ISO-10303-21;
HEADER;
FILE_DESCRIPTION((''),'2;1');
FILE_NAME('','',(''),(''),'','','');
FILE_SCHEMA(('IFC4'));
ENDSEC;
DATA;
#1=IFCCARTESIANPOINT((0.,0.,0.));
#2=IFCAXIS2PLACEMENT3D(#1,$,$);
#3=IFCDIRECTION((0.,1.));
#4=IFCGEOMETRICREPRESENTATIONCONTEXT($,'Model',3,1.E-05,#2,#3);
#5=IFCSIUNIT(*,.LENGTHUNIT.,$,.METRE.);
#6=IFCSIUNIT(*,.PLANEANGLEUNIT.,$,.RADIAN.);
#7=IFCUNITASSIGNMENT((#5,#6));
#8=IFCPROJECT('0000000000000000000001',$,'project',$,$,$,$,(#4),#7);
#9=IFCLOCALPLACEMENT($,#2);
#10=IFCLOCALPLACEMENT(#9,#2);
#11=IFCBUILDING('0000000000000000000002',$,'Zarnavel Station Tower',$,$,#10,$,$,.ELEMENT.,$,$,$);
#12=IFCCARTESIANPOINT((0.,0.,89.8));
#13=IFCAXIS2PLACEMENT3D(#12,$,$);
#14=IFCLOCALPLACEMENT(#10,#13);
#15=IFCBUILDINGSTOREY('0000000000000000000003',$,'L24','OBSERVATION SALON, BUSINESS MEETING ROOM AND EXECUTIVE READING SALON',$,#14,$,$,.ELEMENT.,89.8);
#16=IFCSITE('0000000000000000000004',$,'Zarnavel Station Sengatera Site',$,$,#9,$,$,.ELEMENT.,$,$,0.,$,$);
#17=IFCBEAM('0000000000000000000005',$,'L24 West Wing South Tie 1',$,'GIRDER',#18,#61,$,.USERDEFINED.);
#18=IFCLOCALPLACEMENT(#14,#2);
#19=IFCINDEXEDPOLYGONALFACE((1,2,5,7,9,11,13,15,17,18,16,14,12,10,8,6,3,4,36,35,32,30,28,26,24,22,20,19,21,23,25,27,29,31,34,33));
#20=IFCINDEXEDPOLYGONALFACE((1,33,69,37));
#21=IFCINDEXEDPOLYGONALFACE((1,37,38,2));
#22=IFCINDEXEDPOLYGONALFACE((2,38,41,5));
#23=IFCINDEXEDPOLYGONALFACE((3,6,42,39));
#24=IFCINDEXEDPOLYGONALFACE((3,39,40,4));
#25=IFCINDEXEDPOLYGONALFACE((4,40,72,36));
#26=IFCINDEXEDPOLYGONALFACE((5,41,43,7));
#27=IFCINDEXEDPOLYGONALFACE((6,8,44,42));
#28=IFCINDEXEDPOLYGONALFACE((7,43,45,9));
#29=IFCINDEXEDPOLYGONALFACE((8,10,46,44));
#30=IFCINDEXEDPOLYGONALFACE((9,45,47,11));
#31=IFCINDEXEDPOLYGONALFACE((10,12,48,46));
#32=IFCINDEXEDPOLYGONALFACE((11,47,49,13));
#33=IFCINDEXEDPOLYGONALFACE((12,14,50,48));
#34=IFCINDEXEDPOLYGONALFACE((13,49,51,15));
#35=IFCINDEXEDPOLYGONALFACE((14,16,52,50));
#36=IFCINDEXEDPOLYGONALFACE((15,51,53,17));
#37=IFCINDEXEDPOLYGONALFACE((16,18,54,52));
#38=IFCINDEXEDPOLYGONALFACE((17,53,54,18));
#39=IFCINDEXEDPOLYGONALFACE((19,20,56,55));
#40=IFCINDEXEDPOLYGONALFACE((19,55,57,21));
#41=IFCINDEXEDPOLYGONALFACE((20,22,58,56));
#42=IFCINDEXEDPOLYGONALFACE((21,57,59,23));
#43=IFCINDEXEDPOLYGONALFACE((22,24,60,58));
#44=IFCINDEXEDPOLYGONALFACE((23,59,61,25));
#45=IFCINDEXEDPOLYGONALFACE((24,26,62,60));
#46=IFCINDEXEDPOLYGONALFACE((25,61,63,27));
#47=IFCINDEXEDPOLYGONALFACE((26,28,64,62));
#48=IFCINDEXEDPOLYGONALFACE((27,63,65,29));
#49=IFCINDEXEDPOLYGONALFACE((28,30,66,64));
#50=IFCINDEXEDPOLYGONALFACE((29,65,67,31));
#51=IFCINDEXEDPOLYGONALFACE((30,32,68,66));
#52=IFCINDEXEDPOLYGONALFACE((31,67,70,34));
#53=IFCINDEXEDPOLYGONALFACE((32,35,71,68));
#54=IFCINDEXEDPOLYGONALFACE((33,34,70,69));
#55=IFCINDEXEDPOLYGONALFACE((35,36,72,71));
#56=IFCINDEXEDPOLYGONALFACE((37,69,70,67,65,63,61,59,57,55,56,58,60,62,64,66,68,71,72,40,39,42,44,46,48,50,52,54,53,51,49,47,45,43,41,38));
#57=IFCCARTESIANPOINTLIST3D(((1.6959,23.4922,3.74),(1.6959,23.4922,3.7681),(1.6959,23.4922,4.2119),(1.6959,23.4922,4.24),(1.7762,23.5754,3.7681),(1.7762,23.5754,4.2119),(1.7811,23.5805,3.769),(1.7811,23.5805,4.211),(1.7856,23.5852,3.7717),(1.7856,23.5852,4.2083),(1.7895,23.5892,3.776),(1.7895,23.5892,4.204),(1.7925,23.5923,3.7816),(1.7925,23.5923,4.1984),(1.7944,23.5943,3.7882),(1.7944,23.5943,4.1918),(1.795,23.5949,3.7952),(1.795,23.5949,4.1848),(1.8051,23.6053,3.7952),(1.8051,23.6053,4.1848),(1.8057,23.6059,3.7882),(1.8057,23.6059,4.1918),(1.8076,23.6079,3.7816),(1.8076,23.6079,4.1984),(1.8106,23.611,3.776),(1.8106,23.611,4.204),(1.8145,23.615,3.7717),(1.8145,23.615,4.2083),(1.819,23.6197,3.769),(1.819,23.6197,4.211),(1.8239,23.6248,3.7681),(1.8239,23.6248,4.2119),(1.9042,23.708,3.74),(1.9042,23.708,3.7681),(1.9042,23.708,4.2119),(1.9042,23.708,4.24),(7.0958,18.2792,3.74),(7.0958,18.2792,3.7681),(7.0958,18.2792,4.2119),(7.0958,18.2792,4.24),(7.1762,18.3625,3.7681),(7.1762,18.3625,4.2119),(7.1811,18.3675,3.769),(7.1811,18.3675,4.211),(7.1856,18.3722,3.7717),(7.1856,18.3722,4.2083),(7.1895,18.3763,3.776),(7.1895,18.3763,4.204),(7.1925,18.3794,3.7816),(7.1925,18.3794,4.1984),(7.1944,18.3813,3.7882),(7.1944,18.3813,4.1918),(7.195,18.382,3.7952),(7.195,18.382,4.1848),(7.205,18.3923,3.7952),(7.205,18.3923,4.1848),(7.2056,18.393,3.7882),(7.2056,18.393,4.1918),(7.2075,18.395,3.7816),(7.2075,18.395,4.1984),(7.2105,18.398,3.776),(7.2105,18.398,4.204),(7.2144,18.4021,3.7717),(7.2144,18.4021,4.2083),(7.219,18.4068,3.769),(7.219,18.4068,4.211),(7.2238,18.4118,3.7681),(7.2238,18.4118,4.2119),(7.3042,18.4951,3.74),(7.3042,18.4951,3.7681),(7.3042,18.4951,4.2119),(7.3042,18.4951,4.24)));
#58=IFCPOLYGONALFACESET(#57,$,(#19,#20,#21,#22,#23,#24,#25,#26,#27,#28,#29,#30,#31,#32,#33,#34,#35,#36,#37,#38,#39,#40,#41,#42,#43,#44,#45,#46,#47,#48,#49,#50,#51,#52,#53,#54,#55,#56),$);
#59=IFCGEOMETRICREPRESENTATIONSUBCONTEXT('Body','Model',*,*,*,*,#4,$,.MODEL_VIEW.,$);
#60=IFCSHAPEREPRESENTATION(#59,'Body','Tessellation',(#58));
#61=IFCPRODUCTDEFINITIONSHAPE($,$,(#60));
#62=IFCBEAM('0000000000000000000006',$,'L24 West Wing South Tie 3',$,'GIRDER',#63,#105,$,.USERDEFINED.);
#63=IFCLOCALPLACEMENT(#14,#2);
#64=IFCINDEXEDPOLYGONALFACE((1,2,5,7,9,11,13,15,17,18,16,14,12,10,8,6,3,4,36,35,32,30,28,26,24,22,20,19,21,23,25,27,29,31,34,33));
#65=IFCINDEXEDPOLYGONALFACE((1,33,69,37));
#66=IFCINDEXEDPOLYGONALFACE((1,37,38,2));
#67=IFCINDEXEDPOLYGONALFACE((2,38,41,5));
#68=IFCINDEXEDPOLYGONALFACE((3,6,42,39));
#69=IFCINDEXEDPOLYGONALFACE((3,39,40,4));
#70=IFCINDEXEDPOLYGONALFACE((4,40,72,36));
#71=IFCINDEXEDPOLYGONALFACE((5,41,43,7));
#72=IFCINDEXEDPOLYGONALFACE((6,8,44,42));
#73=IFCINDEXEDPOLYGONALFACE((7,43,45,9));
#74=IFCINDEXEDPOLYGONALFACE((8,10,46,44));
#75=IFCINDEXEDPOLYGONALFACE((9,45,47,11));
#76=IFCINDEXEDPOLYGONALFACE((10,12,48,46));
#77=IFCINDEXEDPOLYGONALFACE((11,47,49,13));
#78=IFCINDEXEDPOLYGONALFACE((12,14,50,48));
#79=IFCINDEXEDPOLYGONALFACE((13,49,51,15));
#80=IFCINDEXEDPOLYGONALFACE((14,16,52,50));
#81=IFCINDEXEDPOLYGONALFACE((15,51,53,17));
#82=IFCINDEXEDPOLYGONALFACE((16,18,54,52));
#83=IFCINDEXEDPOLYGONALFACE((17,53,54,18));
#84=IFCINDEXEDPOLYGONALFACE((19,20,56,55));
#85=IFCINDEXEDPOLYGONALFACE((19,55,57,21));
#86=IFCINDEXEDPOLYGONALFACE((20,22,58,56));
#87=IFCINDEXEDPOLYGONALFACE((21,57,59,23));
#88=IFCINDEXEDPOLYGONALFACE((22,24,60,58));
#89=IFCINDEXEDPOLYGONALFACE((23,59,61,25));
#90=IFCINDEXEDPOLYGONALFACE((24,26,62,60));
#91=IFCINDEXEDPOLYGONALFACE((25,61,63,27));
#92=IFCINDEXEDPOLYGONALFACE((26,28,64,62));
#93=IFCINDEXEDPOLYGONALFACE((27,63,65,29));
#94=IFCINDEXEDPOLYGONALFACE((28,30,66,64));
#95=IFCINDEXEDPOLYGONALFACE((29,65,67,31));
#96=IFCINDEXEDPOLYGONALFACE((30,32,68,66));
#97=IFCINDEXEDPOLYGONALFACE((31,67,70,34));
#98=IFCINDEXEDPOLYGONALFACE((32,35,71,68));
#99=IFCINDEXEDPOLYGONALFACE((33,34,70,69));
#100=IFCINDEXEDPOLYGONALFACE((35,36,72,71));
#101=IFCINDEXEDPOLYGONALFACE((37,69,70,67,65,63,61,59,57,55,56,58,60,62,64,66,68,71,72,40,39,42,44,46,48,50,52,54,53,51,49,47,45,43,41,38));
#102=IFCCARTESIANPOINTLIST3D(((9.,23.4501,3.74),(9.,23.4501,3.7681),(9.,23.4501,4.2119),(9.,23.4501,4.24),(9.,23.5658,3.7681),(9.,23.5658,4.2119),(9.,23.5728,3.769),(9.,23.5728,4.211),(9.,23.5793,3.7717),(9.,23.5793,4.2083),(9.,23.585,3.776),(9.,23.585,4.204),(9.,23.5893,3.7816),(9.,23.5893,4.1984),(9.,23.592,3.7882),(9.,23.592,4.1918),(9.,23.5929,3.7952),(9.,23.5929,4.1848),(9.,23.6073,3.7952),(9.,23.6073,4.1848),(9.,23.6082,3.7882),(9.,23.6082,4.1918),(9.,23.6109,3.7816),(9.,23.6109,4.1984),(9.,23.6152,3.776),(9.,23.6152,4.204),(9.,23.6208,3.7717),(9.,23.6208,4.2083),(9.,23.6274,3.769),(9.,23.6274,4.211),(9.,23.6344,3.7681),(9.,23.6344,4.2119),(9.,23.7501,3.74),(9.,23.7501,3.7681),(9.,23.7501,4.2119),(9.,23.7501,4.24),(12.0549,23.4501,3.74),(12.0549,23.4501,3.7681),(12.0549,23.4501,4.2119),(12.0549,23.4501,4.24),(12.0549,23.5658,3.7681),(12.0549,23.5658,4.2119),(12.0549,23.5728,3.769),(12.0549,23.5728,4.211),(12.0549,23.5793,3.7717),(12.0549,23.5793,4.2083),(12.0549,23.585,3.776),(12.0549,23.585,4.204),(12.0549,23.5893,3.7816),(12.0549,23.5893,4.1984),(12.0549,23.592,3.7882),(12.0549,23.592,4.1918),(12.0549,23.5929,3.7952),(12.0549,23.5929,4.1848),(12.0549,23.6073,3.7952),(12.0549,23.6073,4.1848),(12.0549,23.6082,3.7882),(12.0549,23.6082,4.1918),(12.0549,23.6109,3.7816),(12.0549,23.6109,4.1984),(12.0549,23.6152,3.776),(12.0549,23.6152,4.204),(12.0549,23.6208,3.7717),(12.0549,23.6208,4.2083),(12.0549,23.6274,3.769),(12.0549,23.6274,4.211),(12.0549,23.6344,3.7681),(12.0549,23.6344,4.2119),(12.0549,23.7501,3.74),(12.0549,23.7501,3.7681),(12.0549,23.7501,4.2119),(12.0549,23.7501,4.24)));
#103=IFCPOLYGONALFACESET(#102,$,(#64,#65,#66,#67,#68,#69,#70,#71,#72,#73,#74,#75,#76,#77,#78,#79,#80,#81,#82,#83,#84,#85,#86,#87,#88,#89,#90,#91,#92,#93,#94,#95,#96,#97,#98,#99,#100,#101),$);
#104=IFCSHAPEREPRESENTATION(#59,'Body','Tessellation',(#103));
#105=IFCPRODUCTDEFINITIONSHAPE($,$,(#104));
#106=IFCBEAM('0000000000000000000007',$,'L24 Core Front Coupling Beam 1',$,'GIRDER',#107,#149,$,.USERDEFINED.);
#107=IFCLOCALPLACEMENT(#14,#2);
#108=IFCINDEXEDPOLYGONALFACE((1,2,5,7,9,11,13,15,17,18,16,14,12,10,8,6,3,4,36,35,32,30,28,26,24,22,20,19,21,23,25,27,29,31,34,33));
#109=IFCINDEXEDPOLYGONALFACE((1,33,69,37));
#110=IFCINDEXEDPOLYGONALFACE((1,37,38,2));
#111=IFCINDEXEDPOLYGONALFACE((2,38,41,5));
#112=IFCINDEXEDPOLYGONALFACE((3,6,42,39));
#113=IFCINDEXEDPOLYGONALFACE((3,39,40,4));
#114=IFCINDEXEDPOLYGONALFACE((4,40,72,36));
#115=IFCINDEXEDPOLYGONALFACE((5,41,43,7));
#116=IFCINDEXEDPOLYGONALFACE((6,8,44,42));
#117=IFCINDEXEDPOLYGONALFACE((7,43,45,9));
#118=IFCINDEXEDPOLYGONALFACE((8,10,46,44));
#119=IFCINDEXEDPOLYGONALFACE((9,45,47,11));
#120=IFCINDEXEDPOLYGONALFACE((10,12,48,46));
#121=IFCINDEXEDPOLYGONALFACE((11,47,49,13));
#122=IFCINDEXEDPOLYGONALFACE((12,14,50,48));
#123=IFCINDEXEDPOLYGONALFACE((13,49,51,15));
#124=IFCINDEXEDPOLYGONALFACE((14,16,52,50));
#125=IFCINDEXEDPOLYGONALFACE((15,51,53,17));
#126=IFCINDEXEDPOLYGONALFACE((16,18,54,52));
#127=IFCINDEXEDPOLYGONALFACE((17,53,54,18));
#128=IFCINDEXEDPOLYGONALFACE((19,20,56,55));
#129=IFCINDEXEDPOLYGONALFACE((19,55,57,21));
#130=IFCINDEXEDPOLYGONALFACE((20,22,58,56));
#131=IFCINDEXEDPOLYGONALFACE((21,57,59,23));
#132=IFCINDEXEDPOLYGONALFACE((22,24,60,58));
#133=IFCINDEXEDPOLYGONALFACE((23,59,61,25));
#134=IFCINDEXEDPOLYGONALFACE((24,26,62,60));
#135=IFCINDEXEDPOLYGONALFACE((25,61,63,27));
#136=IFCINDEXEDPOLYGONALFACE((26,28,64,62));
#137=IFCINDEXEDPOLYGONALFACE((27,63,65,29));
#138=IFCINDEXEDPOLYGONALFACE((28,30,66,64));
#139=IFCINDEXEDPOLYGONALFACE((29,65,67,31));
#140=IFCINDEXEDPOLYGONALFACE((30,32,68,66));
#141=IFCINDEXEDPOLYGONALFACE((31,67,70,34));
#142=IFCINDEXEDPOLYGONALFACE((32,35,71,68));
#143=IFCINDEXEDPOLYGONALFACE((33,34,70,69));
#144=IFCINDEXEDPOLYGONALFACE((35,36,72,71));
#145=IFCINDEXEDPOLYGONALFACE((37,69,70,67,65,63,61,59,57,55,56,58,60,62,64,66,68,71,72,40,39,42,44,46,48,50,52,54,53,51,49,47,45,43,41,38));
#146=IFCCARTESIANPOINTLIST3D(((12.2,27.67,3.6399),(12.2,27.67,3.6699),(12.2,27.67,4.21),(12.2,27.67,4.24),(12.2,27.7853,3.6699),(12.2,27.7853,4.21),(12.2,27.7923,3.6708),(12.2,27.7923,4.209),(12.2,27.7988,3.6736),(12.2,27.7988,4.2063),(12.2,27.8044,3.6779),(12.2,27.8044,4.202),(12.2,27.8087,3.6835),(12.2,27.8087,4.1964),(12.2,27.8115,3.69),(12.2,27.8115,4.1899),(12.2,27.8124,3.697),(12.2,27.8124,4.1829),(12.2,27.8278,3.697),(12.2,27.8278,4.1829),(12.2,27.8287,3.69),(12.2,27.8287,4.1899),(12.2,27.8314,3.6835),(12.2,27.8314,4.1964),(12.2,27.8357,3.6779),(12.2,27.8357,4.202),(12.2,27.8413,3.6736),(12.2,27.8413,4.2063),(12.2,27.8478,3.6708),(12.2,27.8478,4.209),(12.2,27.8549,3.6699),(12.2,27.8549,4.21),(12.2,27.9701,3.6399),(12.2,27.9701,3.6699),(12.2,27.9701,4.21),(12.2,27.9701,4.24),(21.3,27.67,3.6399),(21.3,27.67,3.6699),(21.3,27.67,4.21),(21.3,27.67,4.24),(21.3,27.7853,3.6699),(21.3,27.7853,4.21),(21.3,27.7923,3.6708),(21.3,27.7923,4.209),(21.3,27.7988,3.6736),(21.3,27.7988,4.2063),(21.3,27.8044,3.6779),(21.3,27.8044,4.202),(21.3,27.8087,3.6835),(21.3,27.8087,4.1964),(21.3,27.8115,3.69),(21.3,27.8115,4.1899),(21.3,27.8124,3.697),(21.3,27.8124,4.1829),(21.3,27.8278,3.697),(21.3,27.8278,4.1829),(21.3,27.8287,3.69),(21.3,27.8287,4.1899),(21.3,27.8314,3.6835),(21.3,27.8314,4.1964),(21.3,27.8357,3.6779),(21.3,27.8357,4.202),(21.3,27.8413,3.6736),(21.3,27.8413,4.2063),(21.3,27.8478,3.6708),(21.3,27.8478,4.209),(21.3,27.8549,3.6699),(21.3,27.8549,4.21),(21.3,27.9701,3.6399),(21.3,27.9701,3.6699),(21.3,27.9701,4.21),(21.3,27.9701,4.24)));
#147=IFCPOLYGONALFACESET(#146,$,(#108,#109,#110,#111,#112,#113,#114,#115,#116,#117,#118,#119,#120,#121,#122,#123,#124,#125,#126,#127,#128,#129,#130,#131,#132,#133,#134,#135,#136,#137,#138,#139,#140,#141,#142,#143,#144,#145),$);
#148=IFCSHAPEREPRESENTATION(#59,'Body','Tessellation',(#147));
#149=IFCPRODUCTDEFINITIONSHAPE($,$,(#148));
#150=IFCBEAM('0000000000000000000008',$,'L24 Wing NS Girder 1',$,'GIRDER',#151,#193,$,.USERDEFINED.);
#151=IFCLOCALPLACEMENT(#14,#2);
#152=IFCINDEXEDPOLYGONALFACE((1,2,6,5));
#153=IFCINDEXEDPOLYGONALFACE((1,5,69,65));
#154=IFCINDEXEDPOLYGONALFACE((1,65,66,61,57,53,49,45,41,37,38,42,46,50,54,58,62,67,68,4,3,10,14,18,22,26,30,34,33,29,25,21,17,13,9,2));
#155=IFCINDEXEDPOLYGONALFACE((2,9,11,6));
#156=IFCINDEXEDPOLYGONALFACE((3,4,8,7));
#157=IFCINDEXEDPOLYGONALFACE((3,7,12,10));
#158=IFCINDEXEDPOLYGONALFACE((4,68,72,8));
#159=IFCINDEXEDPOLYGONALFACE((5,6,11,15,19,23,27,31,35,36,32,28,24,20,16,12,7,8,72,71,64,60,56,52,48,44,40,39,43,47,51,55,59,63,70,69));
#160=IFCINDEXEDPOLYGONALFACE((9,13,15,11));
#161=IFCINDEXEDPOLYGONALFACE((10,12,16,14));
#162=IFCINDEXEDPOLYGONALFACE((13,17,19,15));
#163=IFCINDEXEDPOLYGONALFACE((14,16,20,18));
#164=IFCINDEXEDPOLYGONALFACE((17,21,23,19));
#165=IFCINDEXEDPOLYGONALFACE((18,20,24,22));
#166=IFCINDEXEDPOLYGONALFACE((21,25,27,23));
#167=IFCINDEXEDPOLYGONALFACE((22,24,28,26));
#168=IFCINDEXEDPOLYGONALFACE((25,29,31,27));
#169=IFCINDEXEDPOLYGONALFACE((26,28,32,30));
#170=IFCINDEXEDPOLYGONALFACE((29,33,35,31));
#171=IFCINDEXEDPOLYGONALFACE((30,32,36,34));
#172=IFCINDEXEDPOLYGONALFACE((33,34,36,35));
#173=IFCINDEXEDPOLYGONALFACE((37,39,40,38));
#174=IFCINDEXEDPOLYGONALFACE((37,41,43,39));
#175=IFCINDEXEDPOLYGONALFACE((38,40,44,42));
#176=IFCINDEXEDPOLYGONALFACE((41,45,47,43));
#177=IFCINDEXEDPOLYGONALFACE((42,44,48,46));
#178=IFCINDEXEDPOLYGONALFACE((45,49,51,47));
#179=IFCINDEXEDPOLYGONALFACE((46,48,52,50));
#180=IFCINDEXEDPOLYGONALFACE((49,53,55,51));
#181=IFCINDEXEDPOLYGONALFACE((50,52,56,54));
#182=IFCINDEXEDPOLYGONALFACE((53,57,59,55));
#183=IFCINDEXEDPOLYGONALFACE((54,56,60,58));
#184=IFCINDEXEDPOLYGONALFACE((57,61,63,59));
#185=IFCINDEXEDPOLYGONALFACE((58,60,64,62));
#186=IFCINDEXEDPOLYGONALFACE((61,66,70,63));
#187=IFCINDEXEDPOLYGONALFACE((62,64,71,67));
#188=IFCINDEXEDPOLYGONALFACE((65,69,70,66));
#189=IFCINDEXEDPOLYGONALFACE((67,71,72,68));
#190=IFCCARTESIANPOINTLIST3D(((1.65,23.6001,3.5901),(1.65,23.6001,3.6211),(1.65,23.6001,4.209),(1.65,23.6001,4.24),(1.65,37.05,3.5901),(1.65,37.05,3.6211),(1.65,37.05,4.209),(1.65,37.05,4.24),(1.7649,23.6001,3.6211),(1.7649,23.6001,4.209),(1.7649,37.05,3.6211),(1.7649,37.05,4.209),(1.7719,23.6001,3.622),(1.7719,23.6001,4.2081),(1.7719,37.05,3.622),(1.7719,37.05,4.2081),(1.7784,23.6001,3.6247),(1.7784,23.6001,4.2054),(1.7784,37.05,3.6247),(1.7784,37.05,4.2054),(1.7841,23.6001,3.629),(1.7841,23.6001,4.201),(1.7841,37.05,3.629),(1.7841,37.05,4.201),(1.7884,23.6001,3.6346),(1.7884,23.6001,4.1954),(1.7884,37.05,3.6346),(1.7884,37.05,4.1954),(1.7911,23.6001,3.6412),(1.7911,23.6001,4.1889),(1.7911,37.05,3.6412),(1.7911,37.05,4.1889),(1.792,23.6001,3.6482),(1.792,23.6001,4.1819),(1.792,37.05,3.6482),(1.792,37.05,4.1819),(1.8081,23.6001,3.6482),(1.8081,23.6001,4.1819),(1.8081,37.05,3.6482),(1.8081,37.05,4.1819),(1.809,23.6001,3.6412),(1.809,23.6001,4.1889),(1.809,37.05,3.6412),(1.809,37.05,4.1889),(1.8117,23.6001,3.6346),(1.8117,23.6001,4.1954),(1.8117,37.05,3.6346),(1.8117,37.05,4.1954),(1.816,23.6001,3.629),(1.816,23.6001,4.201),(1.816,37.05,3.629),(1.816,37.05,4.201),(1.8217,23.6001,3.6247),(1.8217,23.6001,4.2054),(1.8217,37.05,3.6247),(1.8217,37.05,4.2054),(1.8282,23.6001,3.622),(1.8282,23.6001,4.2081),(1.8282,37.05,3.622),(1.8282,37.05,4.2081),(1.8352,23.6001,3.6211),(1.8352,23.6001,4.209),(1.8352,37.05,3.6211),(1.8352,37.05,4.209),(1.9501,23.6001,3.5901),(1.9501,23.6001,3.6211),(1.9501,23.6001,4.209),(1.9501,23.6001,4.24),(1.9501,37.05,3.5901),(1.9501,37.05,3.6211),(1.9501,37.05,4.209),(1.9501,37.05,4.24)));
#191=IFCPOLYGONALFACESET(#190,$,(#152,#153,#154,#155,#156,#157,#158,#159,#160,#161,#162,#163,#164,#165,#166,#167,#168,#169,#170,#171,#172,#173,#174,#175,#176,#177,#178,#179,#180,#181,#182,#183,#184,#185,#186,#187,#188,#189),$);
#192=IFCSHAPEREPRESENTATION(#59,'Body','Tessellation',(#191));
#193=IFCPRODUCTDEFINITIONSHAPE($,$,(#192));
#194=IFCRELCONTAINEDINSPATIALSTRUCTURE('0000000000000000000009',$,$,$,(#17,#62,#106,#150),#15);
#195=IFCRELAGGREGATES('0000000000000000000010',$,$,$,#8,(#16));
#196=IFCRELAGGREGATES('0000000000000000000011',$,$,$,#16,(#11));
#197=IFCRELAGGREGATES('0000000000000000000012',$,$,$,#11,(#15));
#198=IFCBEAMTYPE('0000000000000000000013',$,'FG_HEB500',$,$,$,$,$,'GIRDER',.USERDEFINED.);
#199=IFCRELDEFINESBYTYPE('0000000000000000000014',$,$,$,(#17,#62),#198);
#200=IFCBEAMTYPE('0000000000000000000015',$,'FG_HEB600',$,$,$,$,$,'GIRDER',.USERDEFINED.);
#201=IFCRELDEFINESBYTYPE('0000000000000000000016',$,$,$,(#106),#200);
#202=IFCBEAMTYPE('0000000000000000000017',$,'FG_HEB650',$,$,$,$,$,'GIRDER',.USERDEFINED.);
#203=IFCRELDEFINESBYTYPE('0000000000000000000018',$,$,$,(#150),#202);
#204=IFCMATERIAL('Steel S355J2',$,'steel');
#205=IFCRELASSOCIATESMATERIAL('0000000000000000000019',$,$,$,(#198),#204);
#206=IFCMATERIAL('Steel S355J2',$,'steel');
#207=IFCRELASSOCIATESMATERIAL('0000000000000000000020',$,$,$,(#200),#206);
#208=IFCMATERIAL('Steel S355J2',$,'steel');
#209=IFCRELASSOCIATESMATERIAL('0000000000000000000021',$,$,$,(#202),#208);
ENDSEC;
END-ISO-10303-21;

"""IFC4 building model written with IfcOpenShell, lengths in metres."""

from ifc_helpers import new_model, si_unit, direction, frame, origin, origin_2d, place, context, subcontext, project, spatial, i_section, extrude, material, material_profile, profile_set, type_object, element, save


model = new_model("IFC4")

# Units and contexts
model_context = context("Model", 3, precision=1e-05, world=origin(), true_north=direction((0.0, 1.0)))
body_context = subcontext(model_context, "Body", "Model", "MODEL_VIEW")
ifc_project = project(units=[si_unit("LENGTHUNIT", "METRE"), si_unit("PLANEANGLEUNIT", "RADIAN")], contexts=[model_context])

# Site, building, storey
site_placement = place(None, origin())
site = spatial("IfcSite", under=ifc_project, at=site_placement, Name="Zarnavel Station Sengatera Site", CompositionType="ELEMENT", RefElevation=0.0)
building_placement = place(site_placement, origin())
building = spatial("IfcBuilding", under=site, at=building_placement, Name="Zarnavel Station Tower", CompositionType="ELEMENT")
storey_placement = place(building_placement, frame((0.0, 0.0, 89.8)))
storey = spatial("IfcBuildingStorey", under=building, at=storey_placement, Name="L24", Description="OBSERVATION SALON, BUSINESS MEETING ROOM AND EXECUTIVE READING SALON", CompositionType="ELEMENT", Elevation=89.8)

# Beams
ifc_material_1 = material(Name="Steel S355J2", Category="steel")
ifc_material_profile_1 = material_profile(ifc_material_1, i_section(OverallWidth=0.3, OverallDepth=0.5, WebThickness=0.0144, FlangeThickness=0.0281, FilletRadius=0.0271, at=origin_2d()), Name="HEB500")
ifc_profile_set_1 = profile_set([ifc_material_profile_1], Name="Steel S355J2")
beam_type_1 = type_object("IfcBeamType", Name="FG_HEB500", ElementType="GIRDER", PredefinedType="USERDEFINED", material=ifc_profile_set_1)
beam_1_placement = place(storey_placement, frame((1.8, 23.6001, 3.99), z_axis=(0.719455, -0.694539, 0.0), x_axis=(0.694539, 0.719455, 0.0)))
element("IfcBeam", 1, at=beam_1_placement, inside=storey, type_object=beam_type_1, Name="L24 West Wing South Tie 1", ObjectType="GIRDER", PredefinedType="USERDEFINED", context=body_context, shape_type="SweptSolid", body=[
    extrude(i_section(OverallWidth=0.3, OverallDepth=0.5, WebThickness=0.0144, FlangeThickness=0.0281, FilletRadius=0.0271, at=origin_2d()), origin(), (0.0, 0.0, 1.0), 7.5056),
])
beam_2_placement = place(storey_placement, frame((9.0, 23.6001, 3.99), z_axis=(1.0, 0.0, 0.0), x_axis=(0.0, 1.0, 0.0)))
element("IfcBeam", 2, at=beam_2_placement, inside=storey, type_object=beam_type_1, Name="L24 West Wing South Tie 3", ObjectType="GIRDER", PredefinedType="USERDEFINED", context=body_context, shape_type="SweptSolid", body=[
    extrude(i_section(OverallWidth=0.3, OverallDepth=0.5, WebThickness=0.0144, FlangeThickness=0.0281, FilletRadius=0.0271, at=origin_2d()), origin(), (0.0, 0.0, 1.0), 3.0549),
])
ifc_material_2 = material(Name="Steel S355J2", Category="steel")
ifc_material_profile_2 = material_profile(ifc_material_2, i_section(OverallWidth=0.3, OverallDepth=0.6001, WebThickness=0.0154, FlangeThickness=0.03, FilletRadius=0.0271, at=origin_2d()), Name="HEB600")
ifc_profile_set_2 = profile_set([ifc_material_profile_2], Name="Steel S355J2")
beam_type_2 = type_object("IfcBeamType", Name="FG_HEB600", ElementType="GIRDER", PredefinedType="USERDEFINED", material=ifc_profile_set_2)
beam_3_placement = place(storey_placement, frame((12.2, 27.8201, 3.9399), z_axis=(1.0, 0.0, 0.0), x_axis=(0.0, 1.0, 0.0)))
element("IfcBeam", 3, at=beam_3_placement, inside=storey, type_object=beam_type_2, Name="L24 Core Front Coupling Beam 1", ObjectType="GIRDER", PredefinedType="USERDEFINED", context=body_context, shape_type="SweptSolid", body=[
    extrude(i_section(OverallWidth=0.3, OverallDepth=0.6001, WebThickness=0.0154, FlangeThickness=0.03, FilletRadius=0.0271, at=origin_2d()), origin(), (0.0, 0.0, 1.0), 9.1001),
])
ifc_material_3 = material(Name="Steel S355J2", Category="steel")
ifc_material_profile_3 = material_profile(ifc_material_3, i_section(OverallWidth=0.3, OverallDepth=0.6499, WebThickness=0.0161, FlangeThickness=0.031, FilletRadius=0.0271, at=origin_2d()), Name="HEB650")
ifc_profile_set_3 = profile_set([ifc_material_profile_3], Name="Steel S355J2")
beam_type_3 = type_object("IfcBeamType", Name="FG_HEB650", ElementType="GIRDER", PredefinedType="USERDEFINED", material=ifc_profile_set_3)
beam_4_placement = place(storey_placement, frame((1.8, 23.6001, 3.915), z_axis=(0.0, 1.0, 0.0), x_axis=(-1.0, 0.0, 0.0)))
element("IfcBeam", 4, at=beam_4_placement, inside=storey, type_object=beam_type_3, Name="L24 Wing NS Girder 1", ObjectType="GIRDER", PredefinedType="USERDEFINED", context=body_context, shape_type="SweptSolid", body=[
    extrude(i_section(OverallWidth=0.3, OverallDepth=0.6499, WebThickness=0.0161, FlangeThickness=0.031, FilletRadius=0.0271, at=origin_2d()), origin(), (0.0, 0.0, 1.0), 13.45),
])

save(model, "model.ifc")
